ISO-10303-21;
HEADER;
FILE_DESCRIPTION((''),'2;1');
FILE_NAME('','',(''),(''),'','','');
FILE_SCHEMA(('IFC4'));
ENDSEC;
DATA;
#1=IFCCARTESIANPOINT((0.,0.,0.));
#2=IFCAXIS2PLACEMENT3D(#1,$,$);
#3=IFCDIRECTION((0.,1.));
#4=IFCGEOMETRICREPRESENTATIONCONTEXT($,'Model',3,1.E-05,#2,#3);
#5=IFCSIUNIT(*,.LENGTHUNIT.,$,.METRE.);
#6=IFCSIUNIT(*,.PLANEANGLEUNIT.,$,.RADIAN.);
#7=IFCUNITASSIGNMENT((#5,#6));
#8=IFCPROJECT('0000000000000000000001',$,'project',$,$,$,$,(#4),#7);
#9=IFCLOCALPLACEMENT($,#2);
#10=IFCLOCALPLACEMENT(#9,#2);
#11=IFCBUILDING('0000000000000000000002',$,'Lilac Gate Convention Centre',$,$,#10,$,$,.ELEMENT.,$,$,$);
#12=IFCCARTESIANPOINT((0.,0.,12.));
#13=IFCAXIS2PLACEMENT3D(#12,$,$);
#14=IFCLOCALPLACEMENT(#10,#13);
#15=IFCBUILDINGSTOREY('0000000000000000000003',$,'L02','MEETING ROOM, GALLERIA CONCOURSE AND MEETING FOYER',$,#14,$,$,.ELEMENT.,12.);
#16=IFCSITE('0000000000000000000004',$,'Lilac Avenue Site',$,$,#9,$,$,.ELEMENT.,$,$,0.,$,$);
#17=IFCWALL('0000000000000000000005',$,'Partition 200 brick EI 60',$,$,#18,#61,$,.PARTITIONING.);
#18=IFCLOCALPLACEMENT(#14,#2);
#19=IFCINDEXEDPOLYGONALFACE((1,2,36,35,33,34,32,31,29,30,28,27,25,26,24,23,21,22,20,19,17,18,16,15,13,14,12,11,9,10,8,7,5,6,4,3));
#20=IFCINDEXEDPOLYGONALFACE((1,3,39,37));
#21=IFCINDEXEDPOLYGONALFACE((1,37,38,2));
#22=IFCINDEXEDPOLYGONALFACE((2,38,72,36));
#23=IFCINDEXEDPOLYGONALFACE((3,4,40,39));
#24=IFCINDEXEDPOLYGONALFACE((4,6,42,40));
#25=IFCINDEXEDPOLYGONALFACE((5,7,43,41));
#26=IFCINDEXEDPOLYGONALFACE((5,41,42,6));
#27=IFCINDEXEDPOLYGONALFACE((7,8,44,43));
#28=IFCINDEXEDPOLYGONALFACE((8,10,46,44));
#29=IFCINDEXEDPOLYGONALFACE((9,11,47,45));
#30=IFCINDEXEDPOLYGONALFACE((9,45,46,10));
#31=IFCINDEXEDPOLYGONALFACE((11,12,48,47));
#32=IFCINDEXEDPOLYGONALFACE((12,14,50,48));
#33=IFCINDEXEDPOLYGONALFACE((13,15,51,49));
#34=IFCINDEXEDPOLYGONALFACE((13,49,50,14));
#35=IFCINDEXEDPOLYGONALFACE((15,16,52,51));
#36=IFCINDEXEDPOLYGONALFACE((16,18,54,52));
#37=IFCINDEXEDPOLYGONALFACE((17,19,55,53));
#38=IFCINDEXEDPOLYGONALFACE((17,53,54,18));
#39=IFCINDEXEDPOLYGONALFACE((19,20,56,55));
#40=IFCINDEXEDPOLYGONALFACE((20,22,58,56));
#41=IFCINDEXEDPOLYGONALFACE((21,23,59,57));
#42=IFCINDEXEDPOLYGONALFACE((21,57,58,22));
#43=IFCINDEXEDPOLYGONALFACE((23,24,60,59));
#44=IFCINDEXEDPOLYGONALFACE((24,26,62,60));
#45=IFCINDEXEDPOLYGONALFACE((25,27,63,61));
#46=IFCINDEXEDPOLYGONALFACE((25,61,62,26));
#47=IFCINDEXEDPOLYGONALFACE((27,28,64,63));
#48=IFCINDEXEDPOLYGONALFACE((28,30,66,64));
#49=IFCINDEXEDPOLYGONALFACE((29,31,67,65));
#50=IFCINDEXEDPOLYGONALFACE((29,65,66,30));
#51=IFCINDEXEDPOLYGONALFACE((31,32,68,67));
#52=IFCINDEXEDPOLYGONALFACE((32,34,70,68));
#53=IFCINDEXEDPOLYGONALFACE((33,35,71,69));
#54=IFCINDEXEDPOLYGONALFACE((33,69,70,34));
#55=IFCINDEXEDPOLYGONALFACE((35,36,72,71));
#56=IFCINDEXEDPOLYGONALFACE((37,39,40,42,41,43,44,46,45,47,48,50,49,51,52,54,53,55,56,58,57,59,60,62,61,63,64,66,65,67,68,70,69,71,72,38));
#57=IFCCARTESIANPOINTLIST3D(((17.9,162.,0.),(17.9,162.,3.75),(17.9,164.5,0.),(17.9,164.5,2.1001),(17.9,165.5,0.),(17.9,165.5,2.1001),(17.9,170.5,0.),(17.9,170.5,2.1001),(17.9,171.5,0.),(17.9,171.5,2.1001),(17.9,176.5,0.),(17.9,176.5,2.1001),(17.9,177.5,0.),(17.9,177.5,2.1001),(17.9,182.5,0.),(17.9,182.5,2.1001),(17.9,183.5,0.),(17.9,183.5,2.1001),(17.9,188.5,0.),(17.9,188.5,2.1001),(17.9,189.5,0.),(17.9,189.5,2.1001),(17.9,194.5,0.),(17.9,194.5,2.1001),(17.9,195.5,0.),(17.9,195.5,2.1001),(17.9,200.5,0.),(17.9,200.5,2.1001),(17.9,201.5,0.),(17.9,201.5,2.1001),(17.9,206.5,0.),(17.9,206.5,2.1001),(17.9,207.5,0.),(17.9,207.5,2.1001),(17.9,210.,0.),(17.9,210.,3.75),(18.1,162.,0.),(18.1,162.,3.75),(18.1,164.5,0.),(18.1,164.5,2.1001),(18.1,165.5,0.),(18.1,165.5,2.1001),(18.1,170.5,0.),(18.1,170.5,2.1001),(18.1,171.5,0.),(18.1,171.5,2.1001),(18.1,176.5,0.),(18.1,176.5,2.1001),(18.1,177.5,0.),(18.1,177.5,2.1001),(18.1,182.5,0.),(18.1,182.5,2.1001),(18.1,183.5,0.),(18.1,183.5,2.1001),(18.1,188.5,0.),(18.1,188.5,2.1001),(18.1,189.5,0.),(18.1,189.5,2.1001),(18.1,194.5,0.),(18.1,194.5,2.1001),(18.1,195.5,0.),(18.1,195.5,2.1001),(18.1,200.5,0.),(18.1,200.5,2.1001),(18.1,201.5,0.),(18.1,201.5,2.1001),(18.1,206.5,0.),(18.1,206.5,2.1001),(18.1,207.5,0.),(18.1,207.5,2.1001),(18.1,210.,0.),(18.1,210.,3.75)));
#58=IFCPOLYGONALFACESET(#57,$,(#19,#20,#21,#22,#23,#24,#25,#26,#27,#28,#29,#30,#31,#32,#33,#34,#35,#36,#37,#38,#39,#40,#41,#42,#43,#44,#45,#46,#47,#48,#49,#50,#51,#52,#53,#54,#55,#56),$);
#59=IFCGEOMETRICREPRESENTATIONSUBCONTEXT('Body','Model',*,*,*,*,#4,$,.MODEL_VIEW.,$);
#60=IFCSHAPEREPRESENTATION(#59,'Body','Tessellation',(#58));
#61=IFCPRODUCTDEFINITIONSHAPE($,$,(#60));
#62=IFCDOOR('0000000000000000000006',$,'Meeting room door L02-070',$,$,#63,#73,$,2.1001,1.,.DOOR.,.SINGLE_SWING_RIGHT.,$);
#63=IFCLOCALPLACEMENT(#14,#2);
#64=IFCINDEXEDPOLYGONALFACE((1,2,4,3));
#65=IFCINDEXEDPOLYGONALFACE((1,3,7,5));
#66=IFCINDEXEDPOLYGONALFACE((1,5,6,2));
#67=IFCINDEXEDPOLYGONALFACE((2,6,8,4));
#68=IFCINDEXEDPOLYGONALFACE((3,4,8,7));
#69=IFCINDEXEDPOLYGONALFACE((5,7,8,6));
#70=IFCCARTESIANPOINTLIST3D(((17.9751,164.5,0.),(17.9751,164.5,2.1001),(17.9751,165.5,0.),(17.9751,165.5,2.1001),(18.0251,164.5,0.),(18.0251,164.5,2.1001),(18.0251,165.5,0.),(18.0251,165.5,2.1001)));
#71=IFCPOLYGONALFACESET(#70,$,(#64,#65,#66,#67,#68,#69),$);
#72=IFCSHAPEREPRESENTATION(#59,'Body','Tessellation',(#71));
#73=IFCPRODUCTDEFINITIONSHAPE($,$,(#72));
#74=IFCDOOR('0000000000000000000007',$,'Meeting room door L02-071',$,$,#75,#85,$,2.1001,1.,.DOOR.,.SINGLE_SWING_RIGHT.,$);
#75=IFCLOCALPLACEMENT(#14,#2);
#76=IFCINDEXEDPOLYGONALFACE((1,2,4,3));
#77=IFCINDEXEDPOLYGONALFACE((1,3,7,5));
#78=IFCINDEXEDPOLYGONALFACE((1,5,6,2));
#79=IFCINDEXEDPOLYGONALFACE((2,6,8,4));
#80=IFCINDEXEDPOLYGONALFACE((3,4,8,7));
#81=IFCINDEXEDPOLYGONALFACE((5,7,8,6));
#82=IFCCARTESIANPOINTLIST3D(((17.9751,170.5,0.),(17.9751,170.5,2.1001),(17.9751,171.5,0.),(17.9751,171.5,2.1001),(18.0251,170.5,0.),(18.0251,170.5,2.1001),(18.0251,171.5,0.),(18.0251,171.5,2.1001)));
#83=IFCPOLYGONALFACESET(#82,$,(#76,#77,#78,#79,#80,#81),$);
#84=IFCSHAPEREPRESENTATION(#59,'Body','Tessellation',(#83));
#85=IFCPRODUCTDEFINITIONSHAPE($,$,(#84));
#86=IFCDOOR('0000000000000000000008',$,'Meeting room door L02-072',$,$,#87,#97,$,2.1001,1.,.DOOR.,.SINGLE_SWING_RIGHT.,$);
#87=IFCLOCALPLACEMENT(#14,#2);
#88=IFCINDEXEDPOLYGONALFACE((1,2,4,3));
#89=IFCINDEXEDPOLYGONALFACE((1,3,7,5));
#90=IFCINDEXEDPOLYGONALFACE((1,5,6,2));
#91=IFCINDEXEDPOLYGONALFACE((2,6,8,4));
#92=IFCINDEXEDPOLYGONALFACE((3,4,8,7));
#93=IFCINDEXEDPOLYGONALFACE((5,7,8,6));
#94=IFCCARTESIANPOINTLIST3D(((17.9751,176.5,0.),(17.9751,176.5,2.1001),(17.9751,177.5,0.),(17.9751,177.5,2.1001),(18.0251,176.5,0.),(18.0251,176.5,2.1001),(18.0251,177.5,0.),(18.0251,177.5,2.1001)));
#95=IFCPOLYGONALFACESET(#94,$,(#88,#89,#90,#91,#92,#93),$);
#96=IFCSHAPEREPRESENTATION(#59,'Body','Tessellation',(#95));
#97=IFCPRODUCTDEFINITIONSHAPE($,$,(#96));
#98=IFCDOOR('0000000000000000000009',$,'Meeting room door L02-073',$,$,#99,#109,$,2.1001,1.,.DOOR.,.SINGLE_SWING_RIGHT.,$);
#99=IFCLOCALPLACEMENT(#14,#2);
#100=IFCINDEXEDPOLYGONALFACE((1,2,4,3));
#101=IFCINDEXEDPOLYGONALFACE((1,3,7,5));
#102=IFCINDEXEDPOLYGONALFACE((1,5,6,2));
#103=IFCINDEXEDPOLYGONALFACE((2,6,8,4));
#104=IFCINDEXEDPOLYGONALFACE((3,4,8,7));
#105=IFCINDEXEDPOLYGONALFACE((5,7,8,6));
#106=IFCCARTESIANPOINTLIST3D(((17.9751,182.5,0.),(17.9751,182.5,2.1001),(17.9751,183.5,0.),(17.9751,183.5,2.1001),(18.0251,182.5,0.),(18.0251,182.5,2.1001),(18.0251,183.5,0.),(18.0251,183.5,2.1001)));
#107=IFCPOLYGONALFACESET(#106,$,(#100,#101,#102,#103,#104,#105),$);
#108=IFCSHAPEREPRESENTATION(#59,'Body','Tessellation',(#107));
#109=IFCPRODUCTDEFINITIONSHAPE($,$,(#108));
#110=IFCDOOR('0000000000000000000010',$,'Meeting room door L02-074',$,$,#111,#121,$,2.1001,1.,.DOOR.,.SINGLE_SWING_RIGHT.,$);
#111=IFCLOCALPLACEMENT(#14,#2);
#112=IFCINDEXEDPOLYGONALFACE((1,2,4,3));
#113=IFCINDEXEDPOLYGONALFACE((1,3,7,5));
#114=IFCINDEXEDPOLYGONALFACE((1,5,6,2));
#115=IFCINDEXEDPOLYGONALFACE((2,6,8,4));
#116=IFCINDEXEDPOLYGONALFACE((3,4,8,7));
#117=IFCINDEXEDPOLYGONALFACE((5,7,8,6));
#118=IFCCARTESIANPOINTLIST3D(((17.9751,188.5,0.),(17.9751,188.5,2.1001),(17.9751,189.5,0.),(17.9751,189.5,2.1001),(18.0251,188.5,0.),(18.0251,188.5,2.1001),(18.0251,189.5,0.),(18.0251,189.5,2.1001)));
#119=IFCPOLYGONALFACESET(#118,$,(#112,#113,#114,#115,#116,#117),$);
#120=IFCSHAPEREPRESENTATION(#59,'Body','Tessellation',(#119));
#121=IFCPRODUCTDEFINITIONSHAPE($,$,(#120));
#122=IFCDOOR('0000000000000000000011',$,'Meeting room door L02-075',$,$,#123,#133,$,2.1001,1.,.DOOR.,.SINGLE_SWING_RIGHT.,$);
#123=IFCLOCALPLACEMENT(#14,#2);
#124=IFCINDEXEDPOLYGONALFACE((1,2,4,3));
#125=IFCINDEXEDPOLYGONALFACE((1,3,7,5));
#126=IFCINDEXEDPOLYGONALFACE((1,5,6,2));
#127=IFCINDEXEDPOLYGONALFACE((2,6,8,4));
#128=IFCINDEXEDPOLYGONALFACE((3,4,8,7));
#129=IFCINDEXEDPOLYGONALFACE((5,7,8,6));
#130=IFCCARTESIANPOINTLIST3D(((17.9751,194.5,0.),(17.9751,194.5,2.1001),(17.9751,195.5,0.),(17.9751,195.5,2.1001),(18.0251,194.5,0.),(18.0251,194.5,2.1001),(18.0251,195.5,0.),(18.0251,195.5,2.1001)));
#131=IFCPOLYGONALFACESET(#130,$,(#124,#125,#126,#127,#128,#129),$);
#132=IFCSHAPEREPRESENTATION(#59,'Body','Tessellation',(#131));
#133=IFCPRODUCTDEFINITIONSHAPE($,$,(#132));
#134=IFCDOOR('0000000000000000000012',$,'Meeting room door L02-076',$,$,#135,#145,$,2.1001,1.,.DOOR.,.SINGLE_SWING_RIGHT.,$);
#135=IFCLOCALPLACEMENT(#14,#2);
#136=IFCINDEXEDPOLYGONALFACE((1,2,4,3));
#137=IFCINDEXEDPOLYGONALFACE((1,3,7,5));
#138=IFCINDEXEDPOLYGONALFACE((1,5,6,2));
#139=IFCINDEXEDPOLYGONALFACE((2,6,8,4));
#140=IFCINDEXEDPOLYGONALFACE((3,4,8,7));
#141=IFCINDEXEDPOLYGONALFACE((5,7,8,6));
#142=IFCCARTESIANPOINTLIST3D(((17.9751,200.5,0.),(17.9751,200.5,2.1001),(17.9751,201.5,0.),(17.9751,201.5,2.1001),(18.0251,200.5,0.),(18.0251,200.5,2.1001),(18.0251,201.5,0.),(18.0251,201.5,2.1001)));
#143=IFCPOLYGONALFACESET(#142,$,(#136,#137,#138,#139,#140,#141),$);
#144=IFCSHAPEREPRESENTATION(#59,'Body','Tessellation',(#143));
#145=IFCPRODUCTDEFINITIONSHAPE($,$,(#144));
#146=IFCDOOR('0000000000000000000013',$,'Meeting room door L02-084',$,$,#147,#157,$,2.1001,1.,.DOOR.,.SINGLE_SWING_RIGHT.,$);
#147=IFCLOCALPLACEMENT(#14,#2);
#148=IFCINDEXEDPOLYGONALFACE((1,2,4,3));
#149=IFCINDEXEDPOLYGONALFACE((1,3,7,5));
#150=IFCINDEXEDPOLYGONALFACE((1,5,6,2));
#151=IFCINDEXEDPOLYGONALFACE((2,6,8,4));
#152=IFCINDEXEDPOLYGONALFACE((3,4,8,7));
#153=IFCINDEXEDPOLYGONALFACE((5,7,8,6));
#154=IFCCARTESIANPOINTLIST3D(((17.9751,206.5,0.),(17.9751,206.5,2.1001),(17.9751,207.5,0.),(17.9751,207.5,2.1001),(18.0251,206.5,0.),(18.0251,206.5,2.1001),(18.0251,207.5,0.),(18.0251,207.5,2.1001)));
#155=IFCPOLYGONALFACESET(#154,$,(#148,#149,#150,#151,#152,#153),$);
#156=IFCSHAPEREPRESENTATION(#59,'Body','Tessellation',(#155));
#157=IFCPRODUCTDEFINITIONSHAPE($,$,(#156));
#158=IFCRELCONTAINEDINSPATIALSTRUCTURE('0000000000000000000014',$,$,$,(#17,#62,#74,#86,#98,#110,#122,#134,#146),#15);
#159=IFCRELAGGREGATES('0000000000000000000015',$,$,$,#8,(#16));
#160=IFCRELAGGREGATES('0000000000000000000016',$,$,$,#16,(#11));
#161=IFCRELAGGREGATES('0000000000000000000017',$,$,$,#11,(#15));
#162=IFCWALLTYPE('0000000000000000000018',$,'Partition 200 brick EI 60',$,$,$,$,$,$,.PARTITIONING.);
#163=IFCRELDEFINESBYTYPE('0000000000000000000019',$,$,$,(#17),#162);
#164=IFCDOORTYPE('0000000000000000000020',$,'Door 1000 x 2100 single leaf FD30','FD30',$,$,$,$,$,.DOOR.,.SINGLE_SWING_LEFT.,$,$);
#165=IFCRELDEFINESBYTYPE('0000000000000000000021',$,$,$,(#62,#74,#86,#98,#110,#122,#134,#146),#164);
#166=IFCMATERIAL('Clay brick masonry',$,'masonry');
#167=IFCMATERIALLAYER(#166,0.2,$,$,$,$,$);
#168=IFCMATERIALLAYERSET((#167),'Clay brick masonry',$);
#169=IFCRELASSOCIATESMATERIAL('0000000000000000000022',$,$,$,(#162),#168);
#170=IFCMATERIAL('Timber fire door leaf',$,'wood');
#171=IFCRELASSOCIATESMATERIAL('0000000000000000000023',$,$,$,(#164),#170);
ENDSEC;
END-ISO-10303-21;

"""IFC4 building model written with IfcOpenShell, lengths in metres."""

from ifc_helpers import new_model, si_unit, direction, frame, frame_2d, origin, place, context, subcontext, project, spatial, rectangle, extrude, material, layer, layer_set, type_object, element, fill, save


model = new_model("IFC4")

# Units and contexts
model_context = context("Model", 3, precision=1e-05, world=origin(), true_north=direction((0.0, 1.0)))
body_context = subcontext(model_context, "Body", "Model", "MODEL_VIEW")
ifc_project = project(units=[si_unit("LENGTHUNIT", "METRE"), si_unit("PLANEANGLEUNIT", "RADIAN")], contexts=[model_context])

# Site, building, storey
site_placement = place(None, origin())
site = spatial("IfcSite", under=ifc_project, at=site_placement, Name="Lilac Avenue Site", CompositionType="ELEMENT", RefElevation=0.0)
building_placement = place(site_placement, origin())
building = spatial("IfcBuilding", under=site, at=building_placement, Name="Lilac Gate Convention Centre", CompositionType="ELEMENT")
storey_placement = place(building_placement, frame((0.0, 0.0, 12.0)))
storey = spatial("IfcBuildingStorey", under=building, at=storey_placement, Name="L02", Description="MEETING ROOM, GALLERIA CONCOURSE AND MEETING FOYER", CompositionType="ELEMENT", Elevation=12.0)

# Wall, openings, doors
ifc_material_1 = material(Name="Clay brick masonry", Category="masonry")
ifc_layer_1 = layer(ifc_material_1, 0.2)
ifc_layer_set_1 = layer_set([ifc_layer_1], Name="Clay brick masonry")
wall_type_1 = type_object("IfcWallType", Name="Partition 200 brick EI 60", PredefinedType="PARTITIONING", material=ifc_layer_set_1)
wall_1_placement = place(storey_placement, frame((18.0, 162.0, 0.0), z_axis=(0.0, 0.0, 1.0), x_axis=(0.0, 1.0, 0.0)))
wall_1 = element("IfcWall", 1, at=wall_1_placement, inside=storey, type_object=wall_type_1, Name="Partition 200 brick EI 60", PredefinedType="PARTITIONING", context=body_context, shape_type="SweptSolid", body=[
    extrude(rectangle(XDim=48.0, YDim=0.2, at=frame_2d((24.0, 0.0))), origin(), (0.0, 0.0, 1.0), 3.75),
])
opening_1_placement = place(wall_1_placement, frame((2.5, 0.0, 0.0)))
opening_1 = element("IfcOpeningElement", 2, at=opening_1_placement, cuts=wall_1, PredefinedType="OPENING", context=body_context, shape_type="SweptSolid", body=[
    extrude(rectangle(XDim=1.0, YDim=2.1001, at=frame_2d((0.5, 1.05))), frame((0.0, 0.1099, 0.0), z_axis=(0.0, -1.0, 0.0), x_axis=(1.0, 0.0, 0.0)), (0.0, 0.0, 1.0), 0.22),
])
opening_2_placement = place(wall_1_placement, frame((8.5, 0.0, 0.0)))
opening_2 = element("IfcOpeningElement", 3, at=opening_2_placement, cuts=wall_1, PredefinedType="OPENING", context=body_context, shape_type="SweptSolid", body=[
    extrude(rectangle(XDim=1.0, YDim=2.1001, at=frame_2d((0.5, 1.05))), frame((0.0, 0.1099, 0.0), z_axis=(0.0, -1.0, 0.0), x_axis=(1.0, 0.0, 0.0)), (0.0, 0.0, 1.0), 0.22),
])
opening_3_placement = place(wall_1_placement, frame((14.5, 0.0, 0.0)))
opening_3 = element("IfcOpeningElement", 4, at=opening_3_placement, cuts=wall_1, PredefinedType="OPENING", context=body_context, shape_type="SweptSolid", body=[
    extrude(rectangle(XDim=1.0, YDim=2.1001, at=frame_2d((0.5, 1.05))), frame((0.0, 0.1099, 0.0), z_axis=(0.0, -1.0, 0.0), x_axis=(1.0, 0.0, 0.0)), (0.0, 0.0, 1.0), 0.22),
])
opening_4_placement = place(wall_1_placement, frame((20.5, 0.0, 0.0)))
opening_4 = element("IfcOpeningElement", 5, at=opening_4_placement, cuts=wall_1, PredefinedType="OPENING", context=body_context, shape_type="SweptSolid", body=[
    extrude(rectangle(XDim=1.0, YDim=2.1001, at=frame_2d((0.5, 1.05))), frame((0.0, 0.1099, 0.0), z_axis=(0.0, -1.0, 0.0), x_axis=(1.0, 0.0, 0.0)), (0.0, 0.0, 1.0), 0.22),
])
opening_5_placement = place(wall_1_placement, frame((26.5, 0.0, 0.0)))
opening_5 = element("IfcOpeningElement", 6, at=opening_5_placement, cuts=wall_1, PredefinedType="OPENING", context=body_context, shape_type="SweptSolid", body=[
    extrude(rectangle(XDim=1.0, YDim=2.1001, at=frame_2d((0.5, 1.05))), frame((0.0, 0.1099, 0.0), z_axis=(0.0, -1.0, 0.0), x_axis=(1.0, 0.0, 0.0)), (0.0, 0.0, 1.0), 0.22),
])
opening_6_placement = place(wall_1_placement, frame((32.5, 0.0, 0.0)))
opening_6 = element("IfcOpeningElement", 7, at=opening_6_placement, cuts=wall_1, PredefinedType="OPENING", context=body_context, shape_type="SweptSolid", body=[
    extrude(rectangle(XDim=1.0, YDim=2.1001, at=frame_2d((0.5, 1.05))), frame((0.0, 0.1099, 0.0), z_axis=(0.0, -1.0, 0.0), x_axis=(1.0, 0.0, 0.0)), (0.0, 0.0, 1.0), 0.22),
])
opening_7_placement = place(wall_1_placement, frame((38.5, 0.0, 0.0)))
opening_7 = element("IfcOpeningElement", 8, at=opening_7_placement, cuts=wall_1, PredefinedType="OPENING", context=body_context, shape_type="SweptSolid", body=[
    extrude(rectangle(XDim=1.0, YDim=2.1001, at=frame_2d((0.5, 1.05))), frame((0.0, 0.1099, 0.0), z_axis=(0.0, -1.0, 0.0), x_axis=(1.0, 0.0, 0.0)), (0.0, 0.0, 1.0), 0.22),
])
opening_8_placement = place(wall_1_placement, frame((44.5, 0.0, 0.0)))
opening_8 = element("IfcOpeningElement", 9, at=opening_8_placement, cuts=wall_1, PredefinedType="OPENING", context=body_context, shape_type="SweptSolid", body=[
    extrude(rectangle(XDim=1.0, YDim=2.1001, at=frame_2d((0.5, 1.05))), frame((0.0, 0.1099, 0.0), z_axis=(0.0, -1.0, 0.0), x_axis=(1.0, 0.0, 0.0)), (0.0, 0.0, 1.0), 0.22),
])
ifc_material_2 = material(Name="Timber fire door leaf", Category="wood")
door_type = type_object("IfcDoorType", Name="Door 1000 x 2100 single leaf FD30", Description="FD30", OperationType="SINGLE_SWING_LEFT", PredefinedType="DOOR", material=ifc_material_2)
door_1_placement = place(opening_1_placement, origin())
door_1 = element("IfcDoor", 10, at=door_1_placement, inside=storey, type_object=door_type, Name="Meeting room door L02-070", OperationType="SINGLE_SWING_RIGHT", OverallHeight=2.1001, OverallWidth=1.0, PredefinedType="DOOR", context=body_context, shape_type="SweptSolid", body=[
    extrude(rectangle(XDim=1.0, YDim=2.1001, at=frame_2d((0.5, 1.05))), frame((0.0, 0.0249, 0.0), z_axis=(0.0, -1.0, 0.0), x_axis=(1.0, 0.0, 0.0)), (0.0, 0.0, 1.0), 0.05),
])
fill(opening_1, door_1)
door_2_placement = place(opening_2_placement, origin())
door_2 = element("IfcDoor", 11, at=door_2_placement, inside=storey, type_object=door_type, Name="Meeting room door L02-071", OperationType="SINGLE_SWING_RIGHT", OverallHeight=2.1001, OverallWidth=1.0, PredefinedType="DOOR", context=body_context, shape_type="SweptSolid", body=[
    extrude(rectangle(XDim=1.0, YDim=2.1001, at=frame_2d((0.5, 1.05))), frame((0.0, 0.0249, 0.0), z_axis=(0.0, -1.0, 0.0), x_axis=(1.0, 0.0, 0.0)), (0.0, 0.0, 1.0), 0.05),
])
fill(opening_2, door_2)
door_3_placement = place(opening_3_placement, origin())
door_3 = element("IfcDoor", 12, at=door_3_placement, inside=storey, type_object=door_type, Name="Meeting room door L02-072", OperationType="SINGLE_SWING_RIGHT", OverallHeight=2.1001, OverallWidth=1.0, PredefinedType="DOOR", context=body_context, shape_type="SweptSolid", body=[
    extrude(rectangle(XDim=1.0, YDim=2.1001, at=frame_2d((0.5, 1.05))), frame((0.0, 0.0249, 0.0), z_axis=(0.0, -1.0, 0.0), x_axis=(1.0, 0.0, 0.0)), (0.0, 0.0, 1.0), 0.05),
])
fill(opening_3, door_3)
door_4_placement = place(opening_4_placement, origin())
door_4 = element("IfcDoor", 13, at=door_4_placement, inside=storey, type_object=door_type, Name="Meeting room door L02-073", OperationType="SINGLE_SWING_RIGHT", OverallHeight=2.1001, OverallWidth=1.0, PredefinedType="DOOR", context=body_context, shape_type="SweptSolid", body=[
    extrude(rectangle(XDim=1.0, YDim=2.1001, at=frame_2d((0.5, 1.05))), frame((0.0, 0.0249, 0.0), z_axis=(0.0, -1.0, 0.0), x_axis=(1.0, 0.0, 0.0)), (0.0, 0.0, 1.0), 0.05),
])
fill(opening_4, door_4)
door_5_placement = place(opening_5_placement, origin())
door_5 = element("IfcDoor", 14, at=door_5_placement, inside=storey, type_object=door_type, Name="Meeting room door L02-074", OperationType="SINGLE_SWING_RIGHT", OverallHeight=2.1001, OverallWidth=1.0, PredefinedType="DOOR", context=body_context, shape_type="SweptSolid", body=[
    extrude(rectangle(XDim=1.0, YDim=2.1001, at=frame_2d((0.5, 1.05))), frame((0.0, 0.0249, 0.0), z_axis=(0.0, -1.0, 0.0), x_axis=(1.0, 0.0, 0.0)), (0.0, 0.0, 1.0), 0.05),
])
fill(opening_5, door_5)
door_6_placement = place(opening_6_placement, origin())
door_6 = element("IfcDoor", 15, at=door_6_placement, inside=storey, type_object=door_type, Name="Meeting room door L02-075", OperationType="SINGLE_SWING_RIGHT", OverallHeight=2.1001, OverallWidth=1.0, PredefinedType="DOOR", context=body_context, shape_type="SweptSolid", body=[
    extrude(rectangle(XDim=1.0, YDim=2.1001, at=frame_2d((0.5, 1.05))), frame((0.0, 0.0249, 0.0), z_axis=(0.0, -1.0, 0.0), x_axis=(1.0, 0.0, 0.0)), (0.0, 0.0, 1.0), 0.05),
])
fill(opening_6, door_6)
door_7_placement = place(opening_7_placement, origin())
door_7 = element("IfcDoor", 16, at=door_7_placement, inside=storey, type_object=door_type, Name="Meeting room door L02-076", OperationType="SINGLE_SWING_RIGHT", OverallHeight=2.1001, OverallWidth=1.0, PredefinedType="DOOR", context=body_context, shape_type="SweptSolid", body=[
    extrude(rectangle(XDim=1.0, YDim=2.1001, at=frame_2d((0.5, 1.05))), frame((0.0, 0.0249, 0.0), z_axis=(0.0, -1.0, 0.0), x_axis=(1.0, 0.0, 0.0)), (0.0, 0.0, 1.0), 0.05),
])
fill(opening_7, door_7)
door_8_placement = place(opening_8_placement, origin())
door_8 = element("IfcDoor", 17, at=door_8_placement, inside=storey, type_object=door_type, Name="Meeting room door L02-084", OperationType="SINGLE_SWING_RIGHT", OverallHeight=2.1001, OverallWidth=1.0, PredefinedType="DOOR", context=body_context, shape_type="SweptSolid", body=[
    extrude(rectangle(XDim=1.0, YDim=2.1001, at=frame_2d((0.5, 1.05))), frame((0.0, 0.0249, 0.0), z_axis=(0.0, -1.0, 0.0), x_axis=(1.0, 0.0, 0.0)), (0.0, 0.0, 1.0), 0.05),
])
fill(opening_8, door_8)

save(model, "model.ifc")
